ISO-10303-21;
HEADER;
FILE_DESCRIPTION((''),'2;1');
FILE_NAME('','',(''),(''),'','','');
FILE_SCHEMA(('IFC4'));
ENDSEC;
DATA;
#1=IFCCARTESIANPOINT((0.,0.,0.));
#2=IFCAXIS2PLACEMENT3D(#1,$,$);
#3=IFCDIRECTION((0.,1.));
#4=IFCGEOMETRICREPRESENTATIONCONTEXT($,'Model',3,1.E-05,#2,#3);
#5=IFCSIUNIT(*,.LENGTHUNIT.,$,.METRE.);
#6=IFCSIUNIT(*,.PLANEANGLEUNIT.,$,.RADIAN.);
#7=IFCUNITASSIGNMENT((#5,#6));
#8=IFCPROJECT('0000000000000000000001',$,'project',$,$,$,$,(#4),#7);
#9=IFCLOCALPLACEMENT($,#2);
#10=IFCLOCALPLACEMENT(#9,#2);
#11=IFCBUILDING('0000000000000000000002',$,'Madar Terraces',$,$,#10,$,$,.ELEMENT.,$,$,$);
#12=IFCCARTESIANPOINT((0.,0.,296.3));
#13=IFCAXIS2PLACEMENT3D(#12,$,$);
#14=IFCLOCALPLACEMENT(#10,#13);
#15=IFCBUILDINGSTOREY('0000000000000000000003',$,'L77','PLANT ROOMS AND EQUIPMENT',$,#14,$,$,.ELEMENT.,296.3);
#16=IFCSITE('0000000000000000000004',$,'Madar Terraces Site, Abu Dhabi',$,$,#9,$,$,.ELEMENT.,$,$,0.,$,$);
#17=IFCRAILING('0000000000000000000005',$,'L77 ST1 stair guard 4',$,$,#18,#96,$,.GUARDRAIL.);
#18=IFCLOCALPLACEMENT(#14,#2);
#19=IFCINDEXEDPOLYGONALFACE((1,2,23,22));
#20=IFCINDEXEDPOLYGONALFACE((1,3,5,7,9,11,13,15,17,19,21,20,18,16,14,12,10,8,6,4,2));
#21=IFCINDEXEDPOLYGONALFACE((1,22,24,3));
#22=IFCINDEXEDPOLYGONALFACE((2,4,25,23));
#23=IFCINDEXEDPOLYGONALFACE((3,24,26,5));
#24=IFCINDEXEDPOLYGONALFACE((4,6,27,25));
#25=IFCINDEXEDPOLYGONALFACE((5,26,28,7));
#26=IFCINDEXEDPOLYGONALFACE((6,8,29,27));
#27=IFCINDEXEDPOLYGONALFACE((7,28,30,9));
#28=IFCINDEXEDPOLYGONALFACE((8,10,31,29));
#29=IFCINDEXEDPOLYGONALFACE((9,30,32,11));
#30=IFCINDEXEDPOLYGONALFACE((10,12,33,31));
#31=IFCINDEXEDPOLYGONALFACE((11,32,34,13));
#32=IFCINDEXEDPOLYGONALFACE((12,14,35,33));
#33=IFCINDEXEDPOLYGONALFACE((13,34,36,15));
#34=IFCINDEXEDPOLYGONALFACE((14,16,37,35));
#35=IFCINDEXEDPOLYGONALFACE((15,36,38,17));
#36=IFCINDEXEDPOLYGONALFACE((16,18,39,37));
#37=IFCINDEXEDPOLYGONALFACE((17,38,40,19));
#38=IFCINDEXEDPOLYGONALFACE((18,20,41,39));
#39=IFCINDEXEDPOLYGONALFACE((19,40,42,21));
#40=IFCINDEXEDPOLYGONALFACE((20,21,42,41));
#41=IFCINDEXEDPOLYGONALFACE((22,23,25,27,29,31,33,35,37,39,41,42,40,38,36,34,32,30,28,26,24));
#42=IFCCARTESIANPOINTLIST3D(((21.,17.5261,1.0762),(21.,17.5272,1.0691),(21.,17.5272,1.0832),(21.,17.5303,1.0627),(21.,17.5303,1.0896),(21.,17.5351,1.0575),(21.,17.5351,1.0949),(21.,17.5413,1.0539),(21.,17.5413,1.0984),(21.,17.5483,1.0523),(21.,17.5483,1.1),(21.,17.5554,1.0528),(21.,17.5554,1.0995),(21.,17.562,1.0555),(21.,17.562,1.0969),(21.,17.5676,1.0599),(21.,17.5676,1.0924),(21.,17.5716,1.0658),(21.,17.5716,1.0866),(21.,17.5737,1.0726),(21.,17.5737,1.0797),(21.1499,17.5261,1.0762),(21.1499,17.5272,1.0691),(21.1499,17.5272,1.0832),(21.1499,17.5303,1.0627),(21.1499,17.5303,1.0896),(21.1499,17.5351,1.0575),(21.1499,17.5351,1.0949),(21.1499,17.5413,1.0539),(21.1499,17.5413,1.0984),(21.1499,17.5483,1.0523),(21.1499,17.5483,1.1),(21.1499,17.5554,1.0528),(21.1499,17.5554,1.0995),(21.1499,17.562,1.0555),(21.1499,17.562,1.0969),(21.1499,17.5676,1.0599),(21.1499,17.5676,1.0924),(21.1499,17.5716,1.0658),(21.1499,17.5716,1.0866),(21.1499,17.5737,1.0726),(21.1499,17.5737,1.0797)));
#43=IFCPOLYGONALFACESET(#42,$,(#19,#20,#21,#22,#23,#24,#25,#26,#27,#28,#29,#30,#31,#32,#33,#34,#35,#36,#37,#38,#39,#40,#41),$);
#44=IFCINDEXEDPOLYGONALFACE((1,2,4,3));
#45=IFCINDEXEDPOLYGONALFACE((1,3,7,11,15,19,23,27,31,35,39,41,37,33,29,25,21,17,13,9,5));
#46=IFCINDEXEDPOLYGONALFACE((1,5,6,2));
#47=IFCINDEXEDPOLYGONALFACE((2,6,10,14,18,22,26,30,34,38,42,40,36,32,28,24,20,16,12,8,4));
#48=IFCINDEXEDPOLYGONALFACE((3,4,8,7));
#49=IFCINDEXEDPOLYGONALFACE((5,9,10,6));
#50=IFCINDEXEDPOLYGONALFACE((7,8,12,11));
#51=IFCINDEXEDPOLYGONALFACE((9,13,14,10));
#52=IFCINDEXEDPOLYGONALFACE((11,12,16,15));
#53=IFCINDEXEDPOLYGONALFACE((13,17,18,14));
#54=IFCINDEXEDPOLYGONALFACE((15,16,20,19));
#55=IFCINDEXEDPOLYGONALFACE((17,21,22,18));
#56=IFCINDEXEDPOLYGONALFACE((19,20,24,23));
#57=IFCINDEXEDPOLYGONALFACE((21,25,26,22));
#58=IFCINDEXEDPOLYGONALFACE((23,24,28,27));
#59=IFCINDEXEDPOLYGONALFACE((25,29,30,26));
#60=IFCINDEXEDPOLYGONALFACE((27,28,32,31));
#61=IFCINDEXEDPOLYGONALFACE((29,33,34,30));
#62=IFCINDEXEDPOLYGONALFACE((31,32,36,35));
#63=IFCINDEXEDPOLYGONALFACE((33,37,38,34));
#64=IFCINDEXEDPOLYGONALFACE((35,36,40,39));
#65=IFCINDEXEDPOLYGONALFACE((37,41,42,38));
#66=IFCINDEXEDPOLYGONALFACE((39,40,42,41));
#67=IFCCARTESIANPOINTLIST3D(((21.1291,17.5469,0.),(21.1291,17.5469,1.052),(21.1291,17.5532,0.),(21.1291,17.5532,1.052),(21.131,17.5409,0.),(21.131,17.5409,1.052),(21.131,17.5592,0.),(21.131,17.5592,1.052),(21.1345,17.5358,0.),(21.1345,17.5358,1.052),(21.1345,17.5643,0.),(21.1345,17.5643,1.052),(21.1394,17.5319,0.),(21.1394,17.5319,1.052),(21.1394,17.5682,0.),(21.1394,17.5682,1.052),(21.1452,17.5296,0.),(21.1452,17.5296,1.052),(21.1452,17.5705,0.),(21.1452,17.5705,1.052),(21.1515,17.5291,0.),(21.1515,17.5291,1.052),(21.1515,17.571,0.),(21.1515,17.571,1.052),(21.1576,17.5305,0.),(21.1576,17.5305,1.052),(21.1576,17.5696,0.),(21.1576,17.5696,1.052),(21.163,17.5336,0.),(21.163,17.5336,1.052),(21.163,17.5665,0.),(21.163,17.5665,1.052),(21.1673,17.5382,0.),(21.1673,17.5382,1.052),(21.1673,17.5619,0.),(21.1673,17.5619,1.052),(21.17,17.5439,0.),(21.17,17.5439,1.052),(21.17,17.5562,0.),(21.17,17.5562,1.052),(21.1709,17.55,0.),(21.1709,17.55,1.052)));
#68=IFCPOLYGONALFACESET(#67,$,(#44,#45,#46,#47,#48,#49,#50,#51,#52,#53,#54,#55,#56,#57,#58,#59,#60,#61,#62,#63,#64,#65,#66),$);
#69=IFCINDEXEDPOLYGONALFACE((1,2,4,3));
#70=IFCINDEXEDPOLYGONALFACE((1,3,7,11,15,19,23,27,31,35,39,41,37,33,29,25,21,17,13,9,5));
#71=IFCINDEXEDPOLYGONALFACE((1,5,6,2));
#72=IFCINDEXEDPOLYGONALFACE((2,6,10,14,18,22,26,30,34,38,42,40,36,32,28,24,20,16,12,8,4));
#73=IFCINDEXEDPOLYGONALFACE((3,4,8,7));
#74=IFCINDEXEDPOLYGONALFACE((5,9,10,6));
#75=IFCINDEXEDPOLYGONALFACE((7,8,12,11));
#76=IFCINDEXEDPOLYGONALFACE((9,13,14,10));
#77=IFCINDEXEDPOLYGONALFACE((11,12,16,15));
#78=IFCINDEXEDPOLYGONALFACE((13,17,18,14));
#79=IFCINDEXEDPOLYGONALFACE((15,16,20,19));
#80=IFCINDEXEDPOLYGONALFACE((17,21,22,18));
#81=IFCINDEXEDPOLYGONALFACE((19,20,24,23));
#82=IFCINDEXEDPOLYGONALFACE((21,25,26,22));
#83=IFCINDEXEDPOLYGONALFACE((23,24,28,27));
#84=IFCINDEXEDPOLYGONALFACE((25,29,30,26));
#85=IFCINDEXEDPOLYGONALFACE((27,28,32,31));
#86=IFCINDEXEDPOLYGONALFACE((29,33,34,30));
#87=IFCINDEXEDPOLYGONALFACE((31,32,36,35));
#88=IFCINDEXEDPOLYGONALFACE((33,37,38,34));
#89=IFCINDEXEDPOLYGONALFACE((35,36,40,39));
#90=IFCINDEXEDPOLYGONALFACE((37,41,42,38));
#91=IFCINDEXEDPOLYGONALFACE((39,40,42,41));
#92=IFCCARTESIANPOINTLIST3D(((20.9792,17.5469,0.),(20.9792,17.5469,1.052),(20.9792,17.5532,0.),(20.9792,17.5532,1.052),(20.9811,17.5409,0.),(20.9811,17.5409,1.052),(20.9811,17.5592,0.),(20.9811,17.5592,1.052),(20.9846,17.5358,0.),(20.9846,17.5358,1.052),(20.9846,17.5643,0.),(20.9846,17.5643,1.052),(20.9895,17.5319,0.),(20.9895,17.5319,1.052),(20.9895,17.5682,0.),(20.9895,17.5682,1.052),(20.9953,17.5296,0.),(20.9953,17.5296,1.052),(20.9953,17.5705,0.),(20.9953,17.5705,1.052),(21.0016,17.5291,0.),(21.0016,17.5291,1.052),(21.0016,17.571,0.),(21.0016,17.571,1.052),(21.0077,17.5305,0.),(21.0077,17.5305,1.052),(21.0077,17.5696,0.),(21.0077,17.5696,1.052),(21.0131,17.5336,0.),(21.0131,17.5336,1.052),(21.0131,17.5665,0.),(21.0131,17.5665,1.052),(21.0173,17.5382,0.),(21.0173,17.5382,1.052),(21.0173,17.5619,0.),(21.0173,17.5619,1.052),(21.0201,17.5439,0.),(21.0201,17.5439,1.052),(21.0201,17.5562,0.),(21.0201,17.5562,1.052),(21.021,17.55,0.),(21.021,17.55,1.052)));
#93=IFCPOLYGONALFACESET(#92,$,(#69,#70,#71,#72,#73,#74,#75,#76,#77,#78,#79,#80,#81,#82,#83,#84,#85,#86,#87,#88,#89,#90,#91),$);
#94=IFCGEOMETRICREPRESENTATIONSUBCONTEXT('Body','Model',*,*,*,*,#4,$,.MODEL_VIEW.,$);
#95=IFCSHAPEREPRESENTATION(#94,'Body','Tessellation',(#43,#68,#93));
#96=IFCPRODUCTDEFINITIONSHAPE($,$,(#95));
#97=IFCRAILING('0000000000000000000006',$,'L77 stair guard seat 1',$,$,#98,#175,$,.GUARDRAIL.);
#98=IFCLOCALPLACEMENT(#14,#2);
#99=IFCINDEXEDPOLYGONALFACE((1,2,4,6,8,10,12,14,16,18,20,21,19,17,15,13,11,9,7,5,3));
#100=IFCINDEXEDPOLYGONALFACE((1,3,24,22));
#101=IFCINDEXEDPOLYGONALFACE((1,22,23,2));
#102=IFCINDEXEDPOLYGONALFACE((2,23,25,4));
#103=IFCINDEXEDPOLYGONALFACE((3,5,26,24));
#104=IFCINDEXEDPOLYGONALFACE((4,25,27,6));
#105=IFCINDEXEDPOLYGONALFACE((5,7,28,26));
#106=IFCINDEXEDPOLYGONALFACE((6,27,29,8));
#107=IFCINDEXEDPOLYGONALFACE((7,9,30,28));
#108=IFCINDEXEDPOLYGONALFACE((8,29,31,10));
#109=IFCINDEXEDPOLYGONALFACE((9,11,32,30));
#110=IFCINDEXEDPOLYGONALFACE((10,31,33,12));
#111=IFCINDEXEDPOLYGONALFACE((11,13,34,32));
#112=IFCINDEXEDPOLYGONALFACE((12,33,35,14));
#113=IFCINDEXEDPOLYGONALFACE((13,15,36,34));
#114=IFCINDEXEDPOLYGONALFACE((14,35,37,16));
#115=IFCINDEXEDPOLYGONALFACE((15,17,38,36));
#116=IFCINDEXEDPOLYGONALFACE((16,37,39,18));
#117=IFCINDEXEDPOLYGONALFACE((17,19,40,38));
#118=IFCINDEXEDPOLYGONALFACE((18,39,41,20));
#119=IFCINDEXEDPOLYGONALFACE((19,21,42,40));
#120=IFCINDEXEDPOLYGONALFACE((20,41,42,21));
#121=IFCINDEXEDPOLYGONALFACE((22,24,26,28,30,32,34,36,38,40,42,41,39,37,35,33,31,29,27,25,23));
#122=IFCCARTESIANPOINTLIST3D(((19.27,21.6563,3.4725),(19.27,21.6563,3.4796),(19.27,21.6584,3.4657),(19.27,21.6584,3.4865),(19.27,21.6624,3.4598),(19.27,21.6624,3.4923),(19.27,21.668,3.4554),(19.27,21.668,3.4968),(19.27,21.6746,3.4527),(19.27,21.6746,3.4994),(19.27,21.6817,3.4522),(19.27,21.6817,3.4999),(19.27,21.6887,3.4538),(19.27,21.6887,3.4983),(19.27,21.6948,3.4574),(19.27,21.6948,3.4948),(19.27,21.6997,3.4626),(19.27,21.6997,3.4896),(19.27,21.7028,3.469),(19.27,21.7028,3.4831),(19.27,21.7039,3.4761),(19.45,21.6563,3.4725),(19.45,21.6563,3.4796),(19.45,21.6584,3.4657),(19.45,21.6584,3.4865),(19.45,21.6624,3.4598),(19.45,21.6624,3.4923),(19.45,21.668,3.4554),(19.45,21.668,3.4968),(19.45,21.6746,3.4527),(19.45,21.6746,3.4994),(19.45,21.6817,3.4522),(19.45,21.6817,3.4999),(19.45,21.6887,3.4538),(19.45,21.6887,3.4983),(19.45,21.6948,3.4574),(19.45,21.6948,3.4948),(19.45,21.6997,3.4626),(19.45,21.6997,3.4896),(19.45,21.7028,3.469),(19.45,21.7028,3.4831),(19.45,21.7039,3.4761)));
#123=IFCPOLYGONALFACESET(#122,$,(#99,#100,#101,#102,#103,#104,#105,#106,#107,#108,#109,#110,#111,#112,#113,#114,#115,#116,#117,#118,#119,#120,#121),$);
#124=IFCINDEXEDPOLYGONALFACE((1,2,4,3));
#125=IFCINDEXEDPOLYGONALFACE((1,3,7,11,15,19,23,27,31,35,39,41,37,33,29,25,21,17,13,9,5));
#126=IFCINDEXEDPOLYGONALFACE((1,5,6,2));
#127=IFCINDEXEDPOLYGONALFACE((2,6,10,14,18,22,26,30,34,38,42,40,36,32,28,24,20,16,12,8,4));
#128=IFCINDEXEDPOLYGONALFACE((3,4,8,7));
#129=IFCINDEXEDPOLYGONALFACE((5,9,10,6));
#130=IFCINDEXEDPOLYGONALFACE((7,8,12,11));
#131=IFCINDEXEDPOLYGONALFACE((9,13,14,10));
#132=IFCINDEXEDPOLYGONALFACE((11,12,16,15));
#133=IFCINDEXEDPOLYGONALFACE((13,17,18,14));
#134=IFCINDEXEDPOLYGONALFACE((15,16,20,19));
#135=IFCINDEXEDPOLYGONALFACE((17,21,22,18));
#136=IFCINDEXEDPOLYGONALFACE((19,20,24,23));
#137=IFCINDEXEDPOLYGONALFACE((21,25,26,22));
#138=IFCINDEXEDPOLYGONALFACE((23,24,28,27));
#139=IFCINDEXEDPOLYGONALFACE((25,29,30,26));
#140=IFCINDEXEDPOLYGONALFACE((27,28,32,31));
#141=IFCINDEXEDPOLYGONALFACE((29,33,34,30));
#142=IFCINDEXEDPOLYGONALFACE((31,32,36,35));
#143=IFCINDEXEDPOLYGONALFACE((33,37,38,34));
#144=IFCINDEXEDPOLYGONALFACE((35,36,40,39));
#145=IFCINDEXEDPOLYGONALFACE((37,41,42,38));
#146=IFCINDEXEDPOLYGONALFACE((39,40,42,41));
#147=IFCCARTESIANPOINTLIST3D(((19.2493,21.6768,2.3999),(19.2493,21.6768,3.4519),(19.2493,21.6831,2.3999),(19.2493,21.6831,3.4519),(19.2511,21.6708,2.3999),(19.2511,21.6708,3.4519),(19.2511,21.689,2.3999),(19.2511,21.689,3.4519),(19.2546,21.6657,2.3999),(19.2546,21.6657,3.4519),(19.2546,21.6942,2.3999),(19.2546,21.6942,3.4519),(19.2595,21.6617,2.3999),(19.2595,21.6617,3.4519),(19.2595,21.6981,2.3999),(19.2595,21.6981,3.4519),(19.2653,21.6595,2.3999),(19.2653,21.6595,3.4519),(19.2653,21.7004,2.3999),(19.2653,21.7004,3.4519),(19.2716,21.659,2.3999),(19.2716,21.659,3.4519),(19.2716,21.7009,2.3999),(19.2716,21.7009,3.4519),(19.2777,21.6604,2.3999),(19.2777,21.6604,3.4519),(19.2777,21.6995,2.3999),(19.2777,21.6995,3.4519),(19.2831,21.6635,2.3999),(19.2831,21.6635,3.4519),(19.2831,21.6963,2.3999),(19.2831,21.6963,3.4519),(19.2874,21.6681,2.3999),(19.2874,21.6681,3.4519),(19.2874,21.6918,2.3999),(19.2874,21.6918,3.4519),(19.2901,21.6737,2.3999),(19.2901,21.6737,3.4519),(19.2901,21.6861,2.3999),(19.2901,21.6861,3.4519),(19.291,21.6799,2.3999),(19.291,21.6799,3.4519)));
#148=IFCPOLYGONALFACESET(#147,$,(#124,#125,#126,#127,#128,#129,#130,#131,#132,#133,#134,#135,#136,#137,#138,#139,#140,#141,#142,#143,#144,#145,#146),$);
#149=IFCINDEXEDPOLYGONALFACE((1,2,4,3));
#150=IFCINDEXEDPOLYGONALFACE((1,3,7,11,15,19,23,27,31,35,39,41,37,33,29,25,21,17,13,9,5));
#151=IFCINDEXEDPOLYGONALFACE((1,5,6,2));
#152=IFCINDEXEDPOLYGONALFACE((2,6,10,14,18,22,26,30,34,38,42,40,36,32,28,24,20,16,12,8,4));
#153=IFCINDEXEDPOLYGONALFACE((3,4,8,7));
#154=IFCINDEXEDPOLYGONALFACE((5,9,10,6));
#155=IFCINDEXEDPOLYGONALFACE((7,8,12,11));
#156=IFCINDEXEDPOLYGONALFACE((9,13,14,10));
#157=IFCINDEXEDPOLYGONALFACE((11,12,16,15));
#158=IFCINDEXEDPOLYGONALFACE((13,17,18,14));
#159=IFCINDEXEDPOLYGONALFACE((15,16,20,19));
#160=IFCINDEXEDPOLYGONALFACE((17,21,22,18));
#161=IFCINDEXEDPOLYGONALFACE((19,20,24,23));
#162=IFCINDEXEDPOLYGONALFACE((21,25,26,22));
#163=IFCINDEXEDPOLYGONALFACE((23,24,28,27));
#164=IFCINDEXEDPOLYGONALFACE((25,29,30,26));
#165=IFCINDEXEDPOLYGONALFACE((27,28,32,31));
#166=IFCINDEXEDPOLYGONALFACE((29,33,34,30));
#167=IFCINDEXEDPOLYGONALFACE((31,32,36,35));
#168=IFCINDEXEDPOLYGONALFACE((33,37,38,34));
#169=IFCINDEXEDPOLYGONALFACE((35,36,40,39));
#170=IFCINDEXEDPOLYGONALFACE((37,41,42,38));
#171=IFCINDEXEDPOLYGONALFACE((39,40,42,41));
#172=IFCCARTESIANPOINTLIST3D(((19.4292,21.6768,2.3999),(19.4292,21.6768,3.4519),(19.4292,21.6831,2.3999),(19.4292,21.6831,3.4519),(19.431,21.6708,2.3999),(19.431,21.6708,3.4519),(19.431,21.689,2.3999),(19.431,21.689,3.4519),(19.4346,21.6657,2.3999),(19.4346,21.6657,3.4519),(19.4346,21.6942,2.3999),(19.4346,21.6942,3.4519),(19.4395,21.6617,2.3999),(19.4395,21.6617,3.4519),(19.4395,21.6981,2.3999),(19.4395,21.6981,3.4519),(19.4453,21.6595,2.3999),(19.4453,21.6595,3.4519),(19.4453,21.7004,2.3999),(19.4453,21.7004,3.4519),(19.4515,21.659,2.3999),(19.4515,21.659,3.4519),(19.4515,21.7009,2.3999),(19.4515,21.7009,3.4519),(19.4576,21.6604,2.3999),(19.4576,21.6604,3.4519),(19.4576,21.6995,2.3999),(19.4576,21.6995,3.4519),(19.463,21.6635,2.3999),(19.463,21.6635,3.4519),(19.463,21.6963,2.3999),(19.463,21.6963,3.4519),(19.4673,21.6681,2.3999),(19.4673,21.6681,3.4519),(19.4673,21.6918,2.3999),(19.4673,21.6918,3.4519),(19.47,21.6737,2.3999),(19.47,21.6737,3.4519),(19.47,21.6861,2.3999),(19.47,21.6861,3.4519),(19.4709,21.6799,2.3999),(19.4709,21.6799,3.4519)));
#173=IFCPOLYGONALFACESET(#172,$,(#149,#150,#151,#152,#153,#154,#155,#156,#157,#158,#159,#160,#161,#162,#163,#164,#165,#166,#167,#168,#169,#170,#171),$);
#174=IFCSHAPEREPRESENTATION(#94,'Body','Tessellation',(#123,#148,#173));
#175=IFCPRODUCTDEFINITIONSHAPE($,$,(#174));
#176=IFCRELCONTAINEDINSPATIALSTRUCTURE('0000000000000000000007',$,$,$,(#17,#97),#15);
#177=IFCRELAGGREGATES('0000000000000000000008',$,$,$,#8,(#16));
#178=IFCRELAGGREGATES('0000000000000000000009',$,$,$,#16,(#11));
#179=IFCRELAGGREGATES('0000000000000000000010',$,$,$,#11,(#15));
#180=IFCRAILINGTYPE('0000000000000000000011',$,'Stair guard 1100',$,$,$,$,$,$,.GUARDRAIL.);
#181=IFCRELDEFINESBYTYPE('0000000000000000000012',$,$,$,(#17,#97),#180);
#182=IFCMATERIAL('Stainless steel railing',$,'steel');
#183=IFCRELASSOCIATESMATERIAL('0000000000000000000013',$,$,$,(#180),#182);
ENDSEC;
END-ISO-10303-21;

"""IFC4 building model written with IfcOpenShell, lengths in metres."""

from ifc_helpers import new_model, si_unit, direction, frame, origin, origin_2d, place, context, subcontext, project, spatial, circle, extrude, material, type_object, element, save


model = new_model("IFC4")

# Units and contexts
model_context = context("Model", 3, precision=1e-05, world=origin(), true_north=direction((0.0, 1.0)))
body_context = subcontext(model_context, "Body", "Model", "MODEL_VIEW")
ifc_project = project(units=[si_unit("LENGTHUNIT", "METRE"), si_unit("PLANEANGLEUNIT", "RADIAN")], contexts=[model_context])

# Site, building, storey
site_placement = place(None, origin())
site = spatial("IfcSite", under=ifc_project, at=site_placement, Name="Madar Terraces Site, Abu Dhabi", CompositionType="ELEMENT", RefElevation=0.0)
building_placement = place(site_placement, origin())
building = spatial("IfcBuilding", under=site, at=building_placement, Name="Madar Terraces", CompositionType="ELEMENT")
storey_placement = place(building_placement, frame((0.0, 0.0, 296.3)))
storey = spatial("IfcBuildingStorey", under=building, at=storey_placement, Name="L77", Description="PLANT ROOMS AND EQUIPMENT", CompositionType="ELEMENT", Elevation=296.3)

# Railings
ifc_material_1 = material(Name="Stainless steel railing", Category="steel")
railing_type_1 = type_object("IfcRailingType", Name="Stair guard 1100", PredefinedType="GUARDRAIL", material=ifc_material_1)
railing_1_placement = place(storey_placement, frame((21.1499, 17.55, 0.0)))
element("IfcRailing", 1, at=railing_1_placement, inside=storey, type_object=railing_type_1, Name="L77 ST1 stair guard 4", PredefinedType="GUARDRAIL", context=body_context, shape_type="SweptSolid", body=[
    extrude(circle(Radius=0.0239, at=origin_2d()), frame((0.0, 0.0, 1.0762), z_axis=(-1.0, 0.0, 0.0), x_axis=(0.0, -1.0, 0.0)), (0.0, 0.0, 1.0), 0.1499),
    extrude(circle(Radius=0.021, at=origin_2d()), origin(), (0.0, 0.0, 1.0), 1.052),
    extrude(circle(Radius=0.021, at=origin_2d()), frame((-0.1499, 0.0, 0.0)), (0.0, 0.0, 1.0), 1.052),
])
for number, where, name in (
    (2, (19.27, 21.6799, 2.3999), "L77 stair guard seat 1"),
):
    element("IfcRailing", number, at=place(storey_placement, frame(where)), inside=storey, type_object=railing_type_1, Name=name, PredefinedType="GUARDRAIL", context=body_context, shape_type="SweptSolid", body=[
        extrude(circle(Radius=0.0239, at=origin_2d()), frame((0.0, 0.0, 1.0762), z_axis=(1.0, 0.0, 0.0), x_axis=(0.0, 1.0, 0.0)), (0.0, 0.0, 1.0), 0.1799),
        extrude(circle(Radius=0.021, at=origin_2d()), origin(), (0.0, 0.0, 1.0), 1.052),
        extrude(circle(Radius=0.021, at=origin_2d()), frame((0.1799, 0.0, 0.0)), (0.0, 0.0, 1.0), 1.052),
    ])

save(model, "model.ifc")
